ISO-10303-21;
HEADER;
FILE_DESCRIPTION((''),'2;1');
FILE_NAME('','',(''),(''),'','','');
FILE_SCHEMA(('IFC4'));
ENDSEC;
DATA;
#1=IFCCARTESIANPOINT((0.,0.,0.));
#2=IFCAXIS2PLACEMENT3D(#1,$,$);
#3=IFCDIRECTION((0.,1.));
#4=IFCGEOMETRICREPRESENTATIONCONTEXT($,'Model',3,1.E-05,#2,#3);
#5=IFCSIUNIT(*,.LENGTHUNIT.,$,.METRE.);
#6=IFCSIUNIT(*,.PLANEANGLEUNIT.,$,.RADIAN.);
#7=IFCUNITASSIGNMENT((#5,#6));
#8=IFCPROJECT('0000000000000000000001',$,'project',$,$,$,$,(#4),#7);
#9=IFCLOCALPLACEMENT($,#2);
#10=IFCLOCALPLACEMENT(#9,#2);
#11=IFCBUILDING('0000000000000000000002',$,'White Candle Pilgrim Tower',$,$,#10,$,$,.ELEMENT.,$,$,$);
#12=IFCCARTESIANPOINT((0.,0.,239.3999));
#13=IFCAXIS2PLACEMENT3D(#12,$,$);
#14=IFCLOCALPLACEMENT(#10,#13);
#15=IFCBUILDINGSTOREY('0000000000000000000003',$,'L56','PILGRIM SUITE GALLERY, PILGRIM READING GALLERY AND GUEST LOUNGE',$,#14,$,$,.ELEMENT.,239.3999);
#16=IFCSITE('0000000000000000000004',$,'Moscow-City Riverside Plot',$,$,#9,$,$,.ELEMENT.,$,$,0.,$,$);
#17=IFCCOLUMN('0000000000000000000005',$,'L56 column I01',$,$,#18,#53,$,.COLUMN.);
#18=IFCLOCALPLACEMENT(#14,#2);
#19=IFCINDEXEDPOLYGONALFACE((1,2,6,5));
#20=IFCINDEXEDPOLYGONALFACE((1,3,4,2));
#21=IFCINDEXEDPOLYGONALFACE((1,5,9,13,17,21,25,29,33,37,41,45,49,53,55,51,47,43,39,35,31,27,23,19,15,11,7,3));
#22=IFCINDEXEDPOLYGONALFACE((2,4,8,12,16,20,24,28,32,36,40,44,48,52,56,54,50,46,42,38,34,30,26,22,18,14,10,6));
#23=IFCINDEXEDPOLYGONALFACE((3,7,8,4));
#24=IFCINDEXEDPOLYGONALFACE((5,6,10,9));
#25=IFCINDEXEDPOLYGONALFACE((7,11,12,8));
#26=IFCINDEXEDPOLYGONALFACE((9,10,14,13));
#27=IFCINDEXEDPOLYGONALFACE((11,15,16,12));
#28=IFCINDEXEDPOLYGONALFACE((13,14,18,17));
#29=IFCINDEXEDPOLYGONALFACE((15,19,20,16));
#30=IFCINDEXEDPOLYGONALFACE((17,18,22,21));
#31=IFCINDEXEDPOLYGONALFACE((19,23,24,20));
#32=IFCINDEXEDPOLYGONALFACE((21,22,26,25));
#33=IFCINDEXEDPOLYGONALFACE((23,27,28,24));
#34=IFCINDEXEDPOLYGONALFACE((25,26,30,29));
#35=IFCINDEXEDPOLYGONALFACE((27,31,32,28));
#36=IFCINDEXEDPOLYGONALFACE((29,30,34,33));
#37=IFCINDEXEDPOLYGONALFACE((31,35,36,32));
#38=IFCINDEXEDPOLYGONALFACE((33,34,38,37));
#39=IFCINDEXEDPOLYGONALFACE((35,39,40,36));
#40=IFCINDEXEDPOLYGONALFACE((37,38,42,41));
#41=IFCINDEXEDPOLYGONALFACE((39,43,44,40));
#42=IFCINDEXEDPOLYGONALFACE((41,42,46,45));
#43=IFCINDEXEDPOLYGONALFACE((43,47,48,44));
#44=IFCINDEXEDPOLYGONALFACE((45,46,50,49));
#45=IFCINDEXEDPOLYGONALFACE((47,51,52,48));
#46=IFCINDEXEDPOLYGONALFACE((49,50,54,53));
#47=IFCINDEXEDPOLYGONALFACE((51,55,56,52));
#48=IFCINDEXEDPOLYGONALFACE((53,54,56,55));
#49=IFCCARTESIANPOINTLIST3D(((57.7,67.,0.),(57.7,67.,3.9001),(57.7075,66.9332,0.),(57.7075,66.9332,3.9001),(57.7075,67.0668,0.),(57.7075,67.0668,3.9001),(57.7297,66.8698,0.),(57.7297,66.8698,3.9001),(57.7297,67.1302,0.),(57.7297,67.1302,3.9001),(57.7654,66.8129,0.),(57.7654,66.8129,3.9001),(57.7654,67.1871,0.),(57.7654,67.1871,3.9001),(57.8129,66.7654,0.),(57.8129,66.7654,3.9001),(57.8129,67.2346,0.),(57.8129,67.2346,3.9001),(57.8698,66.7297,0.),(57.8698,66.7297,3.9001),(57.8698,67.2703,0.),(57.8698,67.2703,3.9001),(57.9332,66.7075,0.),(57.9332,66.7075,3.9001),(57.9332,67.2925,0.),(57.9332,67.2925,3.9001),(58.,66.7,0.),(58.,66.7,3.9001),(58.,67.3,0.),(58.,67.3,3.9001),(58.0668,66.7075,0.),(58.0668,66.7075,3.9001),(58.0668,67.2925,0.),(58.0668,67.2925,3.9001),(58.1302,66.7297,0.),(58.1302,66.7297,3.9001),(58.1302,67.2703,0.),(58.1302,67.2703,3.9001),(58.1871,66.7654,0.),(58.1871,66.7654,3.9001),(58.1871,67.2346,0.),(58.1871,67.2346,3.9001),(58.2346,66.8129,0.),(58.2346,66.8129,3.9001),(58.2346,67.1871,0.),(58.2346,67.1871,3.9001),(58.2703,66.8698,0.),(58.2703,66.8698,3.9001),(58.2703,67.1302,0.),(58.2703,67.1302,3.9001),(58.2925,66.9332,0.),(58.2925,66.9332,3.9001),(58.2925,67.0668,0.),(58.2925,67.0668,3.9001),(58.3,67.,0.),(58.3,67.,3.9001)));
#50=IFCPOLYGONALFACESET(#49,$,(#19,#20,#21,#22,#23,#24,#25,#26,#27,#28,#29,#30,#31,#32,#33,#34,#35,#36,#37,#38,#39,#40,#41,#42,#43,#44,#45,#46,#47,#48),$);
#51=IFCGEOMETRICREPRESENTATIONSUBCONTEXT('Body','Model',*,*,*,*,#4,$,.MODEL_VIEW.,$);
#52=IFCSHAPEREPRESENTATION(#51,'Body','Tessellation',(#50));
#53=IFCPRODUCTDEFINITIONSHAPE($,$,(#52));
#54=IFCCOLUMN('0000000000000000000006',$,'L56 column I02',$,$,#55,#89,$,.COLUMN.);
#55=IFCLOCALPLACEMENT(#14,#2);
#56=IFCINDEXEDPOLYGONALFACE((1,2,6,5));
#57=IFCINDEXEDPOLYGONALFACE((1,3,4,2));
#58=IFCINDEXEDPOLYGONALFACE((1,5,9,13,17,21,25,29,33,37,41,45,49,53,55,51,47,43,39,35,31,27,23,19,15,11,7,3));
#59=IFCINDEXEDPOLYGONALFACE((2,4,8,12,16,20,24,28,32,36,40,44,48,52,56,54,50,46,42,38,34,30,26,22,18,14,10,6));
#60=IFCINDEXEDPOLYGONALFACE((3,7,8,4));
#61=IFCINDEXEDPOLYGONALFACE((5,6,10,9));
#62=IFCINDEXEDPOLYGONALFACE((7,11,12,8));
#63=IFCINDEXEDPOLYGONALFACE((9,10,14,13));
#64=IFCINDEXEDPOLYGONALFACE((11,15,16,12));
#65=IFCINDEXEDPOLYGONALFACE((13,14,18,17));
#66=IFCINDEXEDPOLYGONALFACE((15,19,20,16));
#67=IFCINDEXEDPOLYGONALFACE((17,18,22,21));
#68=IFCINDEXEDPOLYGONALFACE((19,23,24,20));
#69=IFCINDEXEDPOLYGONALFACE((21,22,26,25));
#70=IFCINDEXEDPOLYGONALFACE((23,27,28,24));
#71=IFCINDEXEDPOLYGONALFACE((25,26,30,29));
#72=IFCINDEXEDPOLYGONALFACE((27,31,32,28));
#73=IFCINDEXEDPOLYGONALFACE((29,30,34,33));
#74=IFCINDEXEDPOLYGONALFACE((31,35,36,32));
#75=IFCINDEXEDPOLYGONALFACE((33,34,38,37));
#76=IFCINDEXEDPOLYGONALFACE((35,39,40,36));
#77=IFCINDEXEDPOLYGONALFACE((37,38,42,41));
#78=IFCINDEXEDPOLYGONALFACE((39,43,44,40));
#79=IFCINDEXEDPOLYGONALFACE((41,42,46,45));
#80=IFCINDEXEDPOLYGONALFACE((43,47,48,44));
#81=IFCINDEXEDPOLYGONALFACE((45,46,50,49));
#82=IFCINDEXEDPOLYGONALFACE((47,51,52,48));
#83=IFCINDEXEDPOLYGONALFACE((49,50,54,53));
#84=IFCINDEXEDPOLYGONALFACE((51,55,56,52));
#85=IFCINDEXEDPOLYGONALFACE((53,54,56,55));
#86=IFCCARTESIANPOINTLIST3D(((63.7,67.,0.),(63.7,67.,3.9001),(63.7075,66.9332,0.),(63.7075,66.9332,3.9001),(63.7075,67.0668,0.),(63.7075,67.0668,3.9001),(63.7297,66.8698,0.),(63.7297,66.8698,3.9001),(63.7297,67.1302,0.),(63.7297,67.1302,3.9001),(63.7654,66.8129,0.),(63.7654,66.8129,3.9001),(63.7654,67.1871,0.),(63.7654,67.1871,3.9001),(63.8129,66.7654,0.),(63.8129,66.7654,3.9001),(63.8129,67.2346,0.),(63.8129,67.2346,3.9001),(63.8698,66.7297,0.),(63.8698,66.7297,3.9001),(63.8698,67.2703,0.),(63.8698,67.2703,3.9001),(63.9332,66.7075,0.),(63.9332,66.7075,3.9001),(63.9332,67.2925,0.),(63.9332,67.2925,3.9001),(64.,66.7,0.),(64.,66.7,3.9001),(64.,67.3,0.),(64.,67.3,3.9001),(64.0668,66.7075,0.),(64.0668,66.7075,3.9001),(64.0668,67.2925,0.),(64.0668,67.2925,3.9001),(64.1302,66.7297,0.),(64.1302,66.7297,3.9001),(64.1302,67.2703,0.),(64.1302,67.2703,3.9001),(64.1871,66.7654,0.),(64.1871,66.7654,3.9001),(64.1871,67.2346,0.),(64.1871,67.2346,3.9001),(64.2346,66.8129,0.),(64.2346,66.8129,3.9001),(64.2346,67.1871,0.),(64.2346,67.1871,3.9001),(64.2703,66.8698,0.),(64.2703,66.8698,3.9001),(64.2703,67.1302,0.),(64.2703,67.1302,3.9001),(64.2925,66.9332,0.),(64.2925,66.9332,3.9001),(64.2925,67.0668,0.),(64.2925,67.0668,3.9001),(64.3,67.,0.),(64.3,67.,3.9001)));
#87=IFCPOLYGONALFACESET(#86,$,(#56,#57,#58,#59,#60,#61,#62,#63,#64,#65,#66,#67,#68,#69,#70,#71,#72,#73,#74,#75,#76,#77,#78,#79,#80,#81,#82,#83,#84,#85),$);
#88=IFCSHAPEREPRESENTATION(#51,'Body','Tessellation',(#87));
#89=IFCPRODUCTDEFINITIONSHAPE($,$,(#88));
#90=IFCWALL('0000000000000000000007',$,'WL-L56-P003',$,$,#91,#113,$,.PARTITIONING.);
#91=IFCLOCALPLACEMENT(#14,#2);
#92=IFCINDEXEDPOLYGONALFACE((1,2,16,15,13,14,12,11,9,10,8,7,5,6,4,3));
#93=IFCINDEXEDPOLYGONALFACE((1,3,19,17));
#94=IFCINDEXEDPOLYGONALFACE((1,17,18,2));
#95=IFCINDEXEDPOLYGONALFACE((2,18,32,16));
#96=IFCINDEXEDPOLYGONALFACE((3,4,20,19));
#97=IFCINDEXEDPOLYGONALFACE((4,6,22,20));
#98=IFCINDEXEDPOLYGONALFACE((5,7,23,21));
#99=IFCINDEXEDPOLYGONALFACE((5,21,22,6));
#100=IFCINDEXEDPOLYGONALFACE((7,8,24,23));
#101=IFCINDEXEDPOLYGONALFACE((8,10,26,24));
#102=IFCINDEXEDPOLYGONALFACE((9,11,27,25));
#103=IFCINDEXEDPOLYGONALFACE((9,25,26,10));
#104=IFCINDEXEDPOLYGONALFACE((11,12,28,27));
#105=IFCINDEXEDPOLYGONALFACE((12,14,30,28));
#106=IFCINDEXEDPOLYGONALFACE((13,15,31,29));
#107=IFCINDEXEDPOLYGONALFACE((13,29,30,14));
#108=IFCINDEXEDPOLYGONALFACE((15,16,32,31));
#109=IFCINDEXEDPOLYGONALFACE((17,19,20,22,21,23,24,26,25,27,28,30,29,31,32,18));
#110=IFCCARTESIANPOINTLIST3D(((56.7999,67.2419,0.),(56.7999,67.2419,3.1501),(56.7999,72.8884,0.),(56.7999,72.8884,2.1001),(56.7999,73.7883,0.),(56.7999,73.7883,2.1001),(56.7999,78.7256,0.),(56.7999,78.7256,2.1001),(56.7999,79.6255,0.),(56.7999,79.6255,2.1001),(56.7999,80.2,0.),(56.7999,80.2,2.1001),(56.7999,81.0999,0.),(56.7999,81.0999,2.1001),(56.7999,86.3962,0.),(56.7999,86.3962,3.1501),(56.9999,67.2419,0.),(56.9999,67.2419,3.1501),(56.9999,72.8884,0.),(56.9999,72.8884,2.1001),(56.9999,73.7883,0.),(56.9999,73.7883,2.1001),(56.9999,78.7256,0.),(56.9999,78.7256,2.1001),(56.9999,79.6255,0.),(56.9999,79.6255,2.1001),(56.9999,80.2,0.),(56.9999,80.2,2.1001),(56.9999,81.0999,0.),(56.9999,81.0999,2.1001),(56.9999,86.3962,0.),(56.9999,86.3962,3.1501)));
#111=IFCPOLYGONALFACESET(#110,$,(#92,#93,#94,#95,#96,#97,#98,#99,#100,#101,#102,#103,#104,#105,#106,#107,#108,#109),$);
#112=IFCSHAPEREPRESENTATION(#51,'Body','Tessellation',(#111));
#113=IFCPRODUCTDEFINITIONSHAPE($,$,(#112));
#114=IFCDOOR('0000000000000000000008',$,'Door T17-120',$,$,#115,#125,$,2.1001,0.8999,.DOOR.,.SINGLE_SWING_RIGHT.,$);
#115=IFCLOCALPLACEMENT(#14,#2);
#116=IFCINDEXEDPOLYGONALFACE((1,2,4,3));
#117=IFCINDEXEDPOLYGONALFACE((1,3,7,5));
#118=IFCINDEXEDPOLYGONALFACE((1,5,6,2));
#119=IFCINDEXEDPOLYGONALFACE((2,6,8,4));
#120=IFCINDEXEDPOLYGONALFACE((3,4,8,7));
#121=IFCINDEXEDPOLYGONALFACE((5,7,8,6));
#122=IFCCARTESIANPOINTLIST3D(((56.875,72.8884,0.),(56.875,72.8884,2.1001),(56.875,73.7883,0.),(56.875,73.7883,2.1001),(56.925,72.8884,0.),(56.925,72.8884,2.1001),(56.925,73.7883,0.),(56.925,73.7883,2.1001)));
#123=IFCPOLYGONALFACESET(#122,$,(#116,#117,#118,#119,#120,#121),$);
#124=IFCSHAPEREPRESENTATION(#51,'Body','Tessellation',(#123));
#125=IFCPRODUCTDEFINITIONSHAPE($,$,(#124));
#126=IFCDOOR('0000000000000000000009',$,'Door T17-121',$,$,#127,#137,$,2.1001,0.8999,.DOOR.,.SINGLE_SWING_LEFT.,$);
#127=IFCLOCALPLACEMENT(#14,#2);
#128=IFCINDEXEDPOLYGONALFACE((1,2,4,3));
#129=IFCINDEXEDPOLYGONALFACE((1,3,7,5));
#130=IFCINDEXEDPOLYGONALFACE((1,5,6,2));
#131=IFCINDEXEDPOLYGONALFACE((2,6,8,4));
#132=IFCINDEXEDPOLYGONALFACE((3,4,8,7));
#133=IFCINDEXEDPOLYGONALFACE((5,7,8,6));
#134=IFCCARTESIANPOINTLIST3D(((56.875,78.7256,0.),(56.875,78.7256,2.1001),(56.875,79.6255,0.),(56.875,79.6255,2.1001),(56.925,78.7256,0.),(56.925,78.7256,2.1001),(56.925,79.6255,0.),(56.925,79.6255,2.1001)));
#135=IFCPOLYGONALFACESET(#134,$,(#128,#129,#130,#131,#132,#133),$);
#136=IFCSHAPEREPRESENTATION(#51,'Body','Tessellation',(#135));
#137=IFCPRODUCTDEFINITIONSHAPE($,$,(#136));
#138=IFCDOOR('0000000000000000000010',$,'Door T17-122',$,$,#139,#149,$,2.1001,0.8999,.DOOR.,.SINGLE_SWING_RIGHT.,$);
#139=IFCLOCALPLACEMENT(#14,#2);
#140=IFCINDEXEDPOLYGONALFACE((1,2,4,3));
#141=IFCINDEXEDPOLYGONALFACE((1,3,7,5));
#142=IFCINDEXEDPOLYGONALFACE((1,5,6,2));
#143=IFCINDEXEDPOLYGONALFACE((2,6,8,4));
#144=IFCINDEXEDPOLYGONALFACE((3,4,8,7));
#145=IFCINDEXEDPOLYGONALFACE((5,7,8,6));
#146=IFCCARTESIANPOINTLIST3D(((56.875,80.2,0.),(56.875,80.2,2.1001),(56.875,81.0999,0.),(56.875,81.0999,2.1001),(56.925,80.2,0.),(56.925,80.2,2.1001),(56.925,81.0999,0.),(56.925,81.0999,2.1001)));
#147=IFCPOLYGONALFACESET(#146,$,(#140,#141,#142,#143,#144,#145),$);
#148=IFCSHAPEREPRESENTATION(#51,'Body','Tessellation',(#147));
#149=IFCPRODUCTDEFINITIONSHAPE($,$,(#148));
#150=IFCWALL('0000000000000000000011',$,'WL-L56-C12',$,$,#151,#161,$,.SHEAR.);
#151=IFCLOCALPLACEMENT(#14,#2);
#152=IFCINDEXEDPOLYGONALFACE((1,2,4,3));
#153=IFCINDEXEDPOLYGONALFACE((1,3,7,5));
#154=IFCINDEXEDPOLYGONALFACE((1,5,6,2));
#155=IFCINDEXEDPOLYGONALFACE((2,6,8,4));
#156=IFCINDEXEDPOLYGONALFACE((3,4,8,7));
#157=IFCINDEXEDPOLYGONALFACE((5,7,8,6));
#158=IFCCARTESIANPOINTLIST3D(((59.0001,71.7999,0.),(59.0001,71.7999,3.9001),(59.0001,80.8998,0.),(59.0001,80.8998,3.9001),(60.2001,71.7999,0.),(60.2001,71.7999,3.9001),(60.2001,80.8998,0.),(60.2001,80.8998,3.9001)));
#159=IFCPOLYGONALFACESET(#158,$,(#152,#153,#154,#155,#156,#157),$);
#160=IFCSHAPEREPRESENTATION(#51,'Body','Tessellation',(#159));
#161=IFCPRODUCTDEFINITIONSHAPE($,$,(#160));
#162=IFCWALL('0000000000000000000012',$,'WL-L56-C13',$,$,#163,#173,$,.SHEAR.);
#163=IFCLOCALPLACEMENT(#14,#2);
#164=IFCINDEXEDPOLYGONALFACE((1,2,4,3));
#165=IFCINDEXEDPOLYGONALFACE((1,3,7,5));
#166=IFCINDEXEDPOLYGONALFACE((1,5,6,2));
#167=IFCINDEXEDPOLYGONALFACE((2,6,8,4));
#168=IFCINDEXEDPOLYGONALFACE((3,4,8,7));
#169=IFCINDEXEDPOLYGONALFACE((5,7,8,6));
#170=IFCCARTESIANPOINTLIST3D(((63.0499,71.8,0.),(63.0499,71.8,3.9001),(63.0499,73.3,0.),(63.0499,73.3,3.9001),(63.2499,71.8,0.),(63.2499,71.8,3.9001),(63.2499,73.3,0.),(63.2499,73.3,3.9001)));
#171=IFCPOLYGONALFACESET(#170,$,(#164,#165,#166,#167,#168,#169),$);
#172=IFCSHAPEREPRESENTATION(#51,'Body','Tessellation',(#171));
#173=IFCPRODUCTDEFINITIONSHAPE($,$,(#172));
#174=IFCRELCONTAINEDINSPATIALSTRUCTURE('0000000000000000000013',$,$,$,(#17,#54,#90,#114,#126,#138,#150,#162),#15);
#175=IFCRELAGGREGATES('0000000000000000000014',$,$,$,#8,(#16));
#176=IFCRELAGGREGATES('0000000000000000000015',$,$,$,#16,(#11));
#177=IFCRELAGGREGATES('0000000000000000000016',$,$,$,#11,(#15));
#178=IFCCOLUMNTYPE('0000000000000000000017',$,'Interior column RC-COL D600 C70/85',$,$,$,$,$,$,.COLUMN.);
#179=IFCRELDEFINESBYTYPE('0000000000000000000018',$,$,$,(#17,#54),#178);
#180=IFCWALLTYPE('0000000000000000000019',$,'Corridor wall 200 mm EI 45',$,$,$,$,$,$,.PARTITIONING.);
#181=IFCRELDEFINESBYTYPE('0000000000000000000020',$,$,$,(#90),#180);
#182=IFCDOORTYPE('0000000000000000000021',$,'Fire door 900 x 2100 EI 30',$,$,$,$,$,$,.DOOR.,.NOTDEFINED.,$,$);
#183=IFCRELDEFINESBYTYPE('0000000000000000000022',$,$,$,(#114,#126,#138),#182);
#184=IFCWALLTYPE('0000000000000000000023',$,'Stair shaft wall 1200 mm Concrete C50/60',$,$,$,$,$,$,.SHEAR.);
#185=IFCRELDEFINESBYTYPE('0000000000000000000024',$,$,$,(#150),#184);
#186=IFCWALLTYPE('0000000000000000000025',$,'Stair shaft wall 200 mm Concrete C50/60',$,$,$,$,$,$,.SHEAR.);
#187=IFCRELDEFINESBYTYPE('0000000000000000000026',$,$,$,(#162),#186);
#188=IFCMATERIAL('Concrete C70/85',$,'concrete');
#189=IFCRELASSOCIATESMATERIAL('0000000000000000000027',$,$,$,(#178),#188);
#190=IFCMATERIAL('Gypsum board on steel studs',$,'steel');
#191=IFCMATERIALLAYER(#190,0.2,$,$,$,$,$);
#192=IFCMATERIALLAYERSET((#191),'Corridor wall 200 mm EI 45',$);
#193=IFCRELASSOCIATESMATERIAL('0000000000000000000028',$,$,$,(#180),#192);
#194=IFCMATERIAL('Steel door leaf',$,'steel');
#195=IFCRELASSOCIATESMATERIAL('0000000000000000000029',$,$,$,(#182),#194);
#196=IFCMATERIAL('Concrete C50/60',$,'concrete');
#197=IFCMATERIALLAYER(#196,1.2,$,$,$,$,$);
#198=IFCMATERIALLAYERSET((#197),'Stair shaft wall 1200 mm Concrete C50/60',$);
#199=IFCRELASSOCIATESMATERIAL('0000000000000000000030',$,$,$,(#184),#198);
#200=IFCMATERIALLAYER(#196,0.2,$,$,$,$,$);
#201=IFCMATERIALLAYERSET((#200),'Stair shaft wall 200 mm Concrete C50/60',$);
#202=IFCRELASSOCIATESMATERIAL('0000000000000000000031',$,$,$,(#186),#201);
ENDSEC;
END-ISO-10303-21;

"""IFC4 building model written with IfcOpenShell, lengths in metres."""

from ifc_helpers import new_model, si_unit, direction, frame, frame_2d, origin, origin_2d, place, context, subcontext, project, spatial, rectangle, circle, extrude, material, layer, layer_set, material_profile, profile_set, type_object, element, fill, save


model = new_model("IFC4")

# Units and contexts
model_context = context("Model", 3, precision=1e-05, world=origin(), true_north=direction((0.0, 1.0)))
body_context = subcontext(model_context, "Body", "Model", "MODEL_VIEW")
ifc_project = project(units=[si_unit("LENGTHUNIT", "METRE"), si_unit("PLANEANGLEUNIT", "RADIAN")], contexts=[model_context])

# Site, building, storey
site_placement = place(None, origin())
site = spatial("IfcSite", under=ifc_project, at=site_placement, Name="Moscow-City Riverside Plot", CompositionType="ELEMENT", RefElevation=0.0)
building_placement = place(site_placement, origin())
building = spatial("IfcBuilding", under=site, at=building_placement, Name="White Candle Pilgrim Tower", CompositionType="ELEMENT")
storey_placement = place(building_placement, frame((0.0, 0.0, 239.3999)))
storey = spatial("IfcBuildingStorey", under=building, at=storey_placement, Name="L56", Description="PILGRIM SUITE GALLERY, PILGRIM READING GALLERY AND GUEST LOUNGE", CompositionType="ELEMENT", Elevation=239.3999)

# Columns
ifc_material_1 = material(Name="Concrete C70/85", Category="concrete")
ifc_material_profile = material_profile(ifc_material_1, circle(Radius=0.3, at=origin_2d()), Name="RC-COL D600")
ifc_profile_set = profile_set([ifc_material_profile], Name="Concrete C70/85")
column_type = type_object("IfcColumnType", Name="Interior column RC-COL D600 C70/85", PredefinedType="COLUMN", material=ifc_profile_set)
for number, where, z_axis, x_axis, name in (
    (1, (58.0, 67.0, 0.0), (0.0, 0.0, 1.0), (1.0, 0.0, 0.0), "L56 column I01"),
    (2, (64.0, 67.0, 0.0), (0.0, 0.0, 1.0), (1.0, 0.0, 0.0), "L56 column I02"),
):
    element("IfcColumn", number, at=place(storey_placement, frame(where, z_axis=z_axis, x_axis=x_axis)), inside=storey, type_object=column_type, Name=name, PredefinedType="COLUMN", context=body_context, shape_type="SweptSolid", body=[
        extrude(circle(Radius=0.3, at=origin_2d()), origin(), (0.0, 0.0, 1.0), 3.9001),
    ])

# Wall, openings, doors
ifc_material_2 = material(Name="Gypsum board on steel studs", Category="steel")
ifc_layer_1 = layer(ifc_material_2, 0.2)
ifc_layer_set_1 = layer_set([ifc_layer_1], Name="Corridor wall 200 mm EI 45")
wall_type_1 = type_object("IfcWallType", Name="Corridor wall 200 mm EI 45", PredefinedType="PARTITIONING", material=ifc_layer_set_1)
wall_1_placement = place(storey_placement, frame((56.8999, 67.2419, 0.0), z_axis=(0.0, 0.0, 1.0), x_axis=(0.0, 1.0, 0.0)))
wall_1 = element("IfcWall", 3, at=wall_1_placement, inside=storey, type_object=wall_type_1, Name="WL-L56-P003", PredefinedType="PARTITIONING", context=body_context, shape_type="SweptSolid", body=[
    extrude(rectangle(XDim=19.1543, YDim=0.2, at=frame_2d((9.5771, 0.0))), origin(), (0.0, 0.0, 1.0), 3.1501),
])
opening_1_placement = place(wall_1_placement, frame((5.6465, 0.0, 0.0)))
opening_1 = element("IfcOpeningElement", 4, at=opening_1_placement, cuts=wall_1, PredefinedType="OPENING", context=body_context, shape_type="SweptSolid", body=[
    extrude(rectangle(XDim=0.8999, YDim=2.1001, at=frame_2d((0.45, 1.05))), frame((0.0, 0.1099, 0.0), z_axis=(0.0, -1.0, 0.0), x_axis=(1.0, 0.0, 0.0)), (0.0, 0.0, 1.0), 0.22),
])
opening_2_placement = place(wall_1_placement, frame((11.4836, 0.0, 0.0)))
opening_2 = element("IfcOpeningElement", 5, at=opening_2_placement, cuts=wall_1, PredefinedType="OPENING", context=body_context, shape_type="SweptSolid", body=[
    extrude(rectangle(XDim=0.8999, YDim=2.1001, at=frame_2d((0.45, 1.05))), frame((0.0, 0.1099, 0.0), z_axis=(0.0, -1.0, 0.0), x_axis=(1.0, 0.0, 0.0)), (0.0, 0.0, 1.0), 0.22),
])
opening_3_placement = place(wall_1_placement, frame((12.958, 0.0, 0.0)))
opening_3 = element("IfcOpeningElement", 6, at=opening_3_placement, cuts=wall_1, PredefinedType="OPENING", context=body_context, shape_type="SweptSolid", body=[
    extrude(rectangle(XDim=0.8999, YDim=2.1001, at=frame_2d((0.45, 1.05))), frame((0.0, 0.1099, 0.0), z_axis=(0.0, -1.0, 0.0), x_axis=(1.0, 0.0, 0.0)), (0.0, 0.0, 1.0), 0.22),
])
ifc_material_3 = material(Name="Steel door leaf", Category="steel")
door_type_1 = type_object("IfcDoorType", Name="Fire door 900 x 2100 EI 30", OperationType="NOTDEFINED", PredefinedType="DOOR", material=ifc_material_3)
door_1_placement = place(opening_1_placement, origin())
door_1 = element("IfcDoor", 7, at=door_1_placement, inside=storey, type_object=door_type_1, Name="Door T17-120", OperationType="SINGLE_SWING_RIGHT", OverallHeight=2.1001, OverallWidth=0.8999, PredefinedType="DOOR", context=body_context, shape_type="SweptSolid", body=[
    extrude(rectangle(XDim=0.8999, YDim=2.1001, at=frame_2d((0.45, 1.05))), frame((0.0, 0.0249, 0.0), z_axis=(0.0, -1.0, 0.0), x_axis=(1.0, 0.0, 0.0)), (0.0, 0.0, 1.0), 0.05),
])
fill(opening_1, door_1)
door_2_placement = place(opening_2_placement, origin())
door_2 = element("IfcDoor", 8, at=door_2_placement, inside=storey, type_object=door_type_1, Name="Door T17-121", OperationType="SINGLE_SWING_LEFT", OverallHeight=2.1001, OverallWidth=0.8999, PredefinedType="DOOR", context=body_context, shape_type="SweptSolid", body=[
    extrude(rectangle(XDim=0.8999, YDim=2.1001, at=frame_2d((0.45, 1.05))), frame((0.0, 0.0249, 0.0), z_axis=(0.0, -1.0, 0.0), x_axis=(1.0, 0.0, 0.0)), (0.0, 0.0, 1.0), 0.05),
])
fill(opening_2, door_2)
door_3_placement = place(opening_3_placement, origin())
door_3 = element("IfcDoor", 9, at=door_3_placement, inside=storey, type_object=door_type_1, Name="Door T17-122", OperationType="SINGLE_SWING_RIGHT", OverallHeight=2.1001, OverallWidth=0.8999, PredefinedType="DOOR", context=body_context, shape_type="SweptSolid", body=[
    extrude(rectangle(XDim=0.8999, YDim=2.1001, at=frame_2d((0.45, 1.05))), frame((0.0, 0.0249, 0.0), z_axis=(0.0, -1.0, 0.0), x_axis=(1.0, 0.0, 0.0)), (0.0, 0.0, 1.0), 0.05),
])
fill(opening_3, door_3)

# Walls
ifc_material_4 = material(Name="Concrete C50/60", Category="concrete")
ifc_layer_2 = layer(ifc_material_4, 1.2)
ifc_layer_set_2 = layer_set([ifc_layer_2], Name="Stair shaft wall 1200 mm Concrete C50/60")
wall_type_2 = type_object("IfcWallType", Name="Stair shaft wall 1200 mm Concrete C50/60", PredefinedType="SHEAR", material=ifc_layer_set_2)
wall_2_placement = place(storey_placement, frame((59.6001, 71.8, 0.0), z_axis=(0.0, 0.0, 1.0), x_axis=(0.0, 1.0, 0.0)))
element("IfcWall", 10, at=wall_2_placement, inside=storey, type_object=wall_type_2, Name="WL-L56-C12", PredefinedType="SHEAR", context=body_context, shape_type="SweptSolid", body=[
    extrude(rectangle(XDim=9.0999, YDim=1.2, at=frame_2d((4.5498, 0.0))), origin(), (0.0, 0.0, 1.0), 3.9001),
])
ifc_layer_3 = layer(ifc_material_4, 0.2)
ifc_layer_set_3 = layer_set([ifc_layer_3], Name="Stair shaft wall 200 mm Concrete C50/60")
wall_type_3 = type_object("IfcWallType", Name="Stair shaft wall 200 mm Concrete C50/60", PredefinedType="SHEAR", material=ifc_layer_set_3)
wall_3_placement = place(storey_placement, frame((63.1499, 71.8, 0.0), z_axis=(0.0, 0.0, 1.0), x_axis=(0.0, 1.0, 0.0)))
element("IfcWall", 11, at=wall_3_placement, inside=storey, type_object=wall_type_3, Name="WL-L56-C13", PredefinedType="SHEAR", context=body_context, shape_type="SweptSolid", body=[
    extrude(rectangle(XDim=1.5, YDim=0.2, at=frame_2d((0.75, 0.0))), origin(), (0.0, 0.0, 1.0), 3.9001),
])

save(model, "model.ifc")
